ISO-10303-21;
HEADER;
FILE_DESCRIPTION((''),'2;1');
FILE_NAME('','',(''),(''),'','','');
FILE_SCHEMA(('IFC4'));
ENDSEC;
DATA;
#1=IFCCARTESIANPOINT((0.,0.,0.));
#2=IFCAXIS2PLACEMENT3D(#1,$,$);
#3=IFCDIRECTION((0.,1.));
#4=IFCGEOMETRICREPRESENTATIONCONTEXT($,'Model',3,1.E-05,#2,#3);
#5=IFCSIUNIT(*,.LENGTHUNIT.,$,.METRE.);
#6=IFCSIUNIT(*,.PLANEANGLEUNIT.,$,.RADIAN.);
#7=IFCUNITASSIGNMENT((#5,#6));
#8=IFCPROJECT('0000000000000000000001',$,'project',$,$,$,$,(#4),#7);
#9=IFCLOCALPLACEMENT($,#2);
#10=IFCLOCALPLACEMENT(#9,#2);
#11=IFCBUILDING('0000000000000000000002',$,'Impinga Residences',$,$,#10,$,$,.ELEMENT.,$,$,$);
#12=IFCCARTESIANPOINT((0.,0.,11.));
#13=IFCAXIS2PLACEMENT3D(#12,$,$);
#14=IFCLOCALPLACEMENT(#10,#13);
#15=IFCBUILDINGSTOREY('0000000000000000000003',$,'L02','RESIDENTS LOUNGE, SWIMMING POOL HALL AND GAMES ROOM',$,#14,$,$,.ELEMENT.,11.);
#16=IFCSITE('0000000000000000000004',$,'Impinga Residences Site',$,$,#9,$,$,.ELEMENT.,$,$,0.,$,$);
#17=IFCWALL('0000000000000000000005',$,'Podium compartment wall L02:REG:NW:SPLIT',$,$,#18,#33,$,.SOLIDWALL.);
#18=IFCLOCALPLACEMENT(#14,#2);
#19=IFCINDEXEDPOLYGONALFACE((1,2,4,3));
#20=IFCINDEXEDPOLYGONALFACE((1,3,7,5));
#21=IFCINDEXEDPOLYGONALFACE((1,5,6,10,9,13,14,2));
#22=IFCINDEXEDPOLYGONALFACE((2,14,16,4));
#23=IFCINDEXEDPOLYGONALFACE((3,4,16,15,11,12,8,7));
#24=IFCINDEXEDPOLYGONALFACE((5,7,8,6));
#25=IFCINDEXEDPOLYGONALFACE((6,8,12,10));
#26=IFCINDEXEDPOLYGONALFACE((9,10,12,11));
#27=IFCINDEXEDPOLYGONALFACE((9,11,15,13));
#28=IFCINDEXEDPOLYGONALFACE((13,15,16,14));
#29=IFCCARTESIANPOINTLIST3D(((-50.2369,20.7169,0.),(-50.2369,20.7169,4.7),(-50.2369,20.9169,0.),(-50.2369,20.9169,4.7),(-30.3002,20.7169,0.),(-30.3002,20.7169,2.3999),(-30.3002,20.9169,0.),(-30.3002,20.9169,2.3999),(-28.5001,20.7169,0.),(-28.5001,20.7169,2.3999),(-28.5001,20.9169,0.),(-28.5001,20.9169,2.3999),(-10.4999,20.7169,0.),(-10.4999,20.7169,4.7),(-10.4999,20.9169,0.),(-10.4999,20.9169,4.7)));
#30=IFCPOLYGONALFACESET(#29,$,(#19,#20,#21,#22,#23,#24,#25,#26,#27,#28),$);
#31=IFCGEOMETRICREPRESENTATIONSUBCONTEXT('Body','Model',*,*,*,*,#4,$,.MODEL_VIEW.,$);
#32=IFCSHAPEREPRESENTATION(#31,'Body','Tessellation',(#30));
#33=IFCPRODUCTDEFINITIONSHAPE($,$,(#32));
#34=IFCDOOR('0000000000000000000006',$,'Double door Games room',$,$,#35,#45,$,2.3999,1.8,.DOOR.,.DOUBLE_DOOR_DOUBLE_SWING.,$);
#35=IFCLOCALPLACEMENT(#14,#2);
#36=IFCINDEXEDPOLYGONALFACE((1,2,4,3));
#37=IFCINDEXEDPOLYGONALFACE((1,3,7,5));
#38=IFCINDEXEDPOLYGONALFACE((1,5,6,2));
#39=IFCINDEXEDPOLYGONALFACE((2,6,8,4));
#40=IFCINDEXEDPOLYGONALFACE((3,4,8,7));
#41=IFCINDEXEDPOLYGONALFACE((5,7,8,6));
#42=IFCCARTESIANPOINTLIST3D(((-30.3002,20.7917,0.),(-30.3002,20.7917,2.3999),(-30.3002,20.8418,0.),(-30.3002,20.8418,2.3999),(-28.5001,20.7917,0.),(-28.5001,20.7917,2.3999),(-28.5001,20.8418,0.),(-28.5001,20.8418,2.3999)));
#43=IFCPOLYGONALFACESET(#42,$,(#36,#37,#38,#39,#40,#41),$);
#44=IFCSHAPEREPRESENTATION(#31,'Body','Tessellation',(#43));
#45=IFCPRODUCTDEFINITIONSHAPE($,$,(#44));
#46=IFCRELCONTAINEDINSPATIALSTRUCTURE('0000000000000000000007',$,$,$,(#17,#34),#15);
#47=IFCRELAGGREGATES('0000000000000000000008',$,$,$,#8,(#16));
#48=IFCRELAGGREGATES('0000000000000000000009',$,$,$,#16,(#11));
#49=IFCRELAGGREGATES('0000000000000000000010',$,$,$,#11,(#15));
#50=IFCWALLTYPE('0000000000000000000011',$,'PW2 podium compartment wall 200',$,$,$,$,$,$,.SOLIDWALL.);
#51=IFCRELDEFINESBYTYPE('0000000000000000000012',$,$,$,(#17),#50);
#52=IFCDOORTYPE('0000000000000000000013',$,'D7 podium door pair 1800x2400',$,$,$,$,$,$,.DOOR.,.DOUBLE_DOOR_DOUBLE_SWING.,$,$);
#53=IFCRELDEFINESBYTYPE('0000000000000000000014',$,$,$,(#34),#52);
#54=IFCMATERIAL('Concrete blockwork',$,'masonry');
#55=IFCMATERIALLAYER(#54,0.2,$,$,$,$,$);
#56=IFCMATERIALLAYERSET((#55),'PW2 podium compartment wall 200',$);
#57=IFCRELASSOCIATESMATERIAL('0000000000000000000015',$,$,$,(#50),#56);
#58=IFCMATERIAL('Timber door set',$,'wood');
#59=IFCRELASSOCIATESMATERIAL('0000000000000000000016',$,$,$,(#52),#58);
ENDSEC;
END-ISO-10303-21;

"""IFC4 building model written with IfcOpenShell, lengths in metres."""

from ifc_helpers import new_model, si_unit, direction, frame, frame_2d, origin, place, context, subcontext, project, spatial, rectangle, extrude, material, layer, layer_set, type_object, element, fill, save


model = new_model("IFC4")

# Units and contexts
model_context = context("Model", 3, precision=1e-05, world=origin(), true_north=direction((0.0, 1.0)))
body_context = subcontext(model_context, "Body", "Model", "MODEL_VIEW")
ifc_project = project(units=[si_unit("LENGTHUNIT", "METRE"), si_unit("PLANEANGLEUNIT", "RADIAN")], contexts=[model_context])

# Site, building, storey
site_placement = place(None, origin())
site = spatial("IfcSite", under=ifc_project, at=site_placement, Name="Impinga Residences Site", CompositionType="ELEMENT", RefElevation=0.0)
building_placement = place(site_placement, origin())
building = spatial("IfcBuilding", under=site, at=building_placement, Name="Impinga Residences", CompositionType="ELEMENT")
storey_placement = place(building_placement, frame((0.0, 0.0, 11.0)))
storey = spatial("IfcBuildingStorey", under=building, at=storey_placement, Name="L02", Description="RESIDENTS LOUNGE, SWIMMING POOL HALL AND GAMES ROOM", CompositionType="ELEMENT", Elevation=11.0)

# Wall, opening, door
ifc_material_1 = material(Name="Concrete blockwork", Category="masonry")
ifc_layer_1 = layer(ifc_material_1, 0.2)
ifc_layer_set_1 = layer_set([ifc_layer_1], Name="PW2 podium compartment wall 200")
wall_type = type_object("IfcWallType", Name="PW2 podium compartment wall 200", PredefinedType="SOLIDWALL", material=ifc_layer_set_1)
wall_placement = place(storey_placement, frame((-50.2371, 20.8169, 0.0), z_axis=(0.0, 0.0, 1.0), x_axis=(1.0, 0.0, 0.0)))
wall = element("IfcWall", 1, at=wall_placement, inside=storey, type_object=wall_type, Name="Podium compartment wall L02:REG:NW:SPLIT", PredefinedType="SOLIDWALL", context=body_context, shape_type="SweptSolid", body=[
    extrude(rectangle(XDim=39.7371, YDim=0.2, at=frame_2d((19.8687, 0.0))), origin(), (0.0, 0.0, 1.0), 4.7),
])
opening_placement = place(wall_placement, frame((19.937, 0.0, 0.0)))
opening = element("IfcOpeningElement", 2, at=opening_placement, cuts=wall, PredefinedType="OPENING", context=body_context, shape_type="SweptSolid", body=[
    extrude(rectangle(XDim=1.8, YDim=2.3999, at=frame_2d((0.8999, 1.2))), frame((0.0, 0.1099, 0.0), z_axis=(0.0, -1.0, 0.0), x_axis=(1.0, 0.0, 0.0)), (0.0, 0.0, 1.0), 0.22),
])
ifc_material_2 = material(Name="Timber door set", Category="wood")
door_type = type_object("IfcDoorType", Name="D7 podium door pair 1800x2400", OperationType="DOUBLE_DOOR_DOUBLE_SWING", PredefinedType="DOOR", material=ifc_material_2)
door_placement = place(opening_placement, origin())
door = element("IfcDoor", 3, at=door_placement, inside=storey, type_object=door_type, Name="Double door Games room", OperationType="DOUBLE_DOOR_DOUBLE_SWING", OverallHeight=2.3999, OverallWidth=1.8, PredefinedType="DOOR", context=body_context, shape_type="SweptSolid", body=[
    extrude(rectangle(XDim=1.8, YDim=2.3999, at=frame_2d((0.8999, 1.2))), frame((0.0, 0.0249, 0.0), z_axis=(0.0, -1.0, 0.0), x_axis=(1.0, 0.0, 0.0)), (0.0, 0.0, 1.0), 0.05),
])
fill(opening, door)

save(model, "model.ifc")
